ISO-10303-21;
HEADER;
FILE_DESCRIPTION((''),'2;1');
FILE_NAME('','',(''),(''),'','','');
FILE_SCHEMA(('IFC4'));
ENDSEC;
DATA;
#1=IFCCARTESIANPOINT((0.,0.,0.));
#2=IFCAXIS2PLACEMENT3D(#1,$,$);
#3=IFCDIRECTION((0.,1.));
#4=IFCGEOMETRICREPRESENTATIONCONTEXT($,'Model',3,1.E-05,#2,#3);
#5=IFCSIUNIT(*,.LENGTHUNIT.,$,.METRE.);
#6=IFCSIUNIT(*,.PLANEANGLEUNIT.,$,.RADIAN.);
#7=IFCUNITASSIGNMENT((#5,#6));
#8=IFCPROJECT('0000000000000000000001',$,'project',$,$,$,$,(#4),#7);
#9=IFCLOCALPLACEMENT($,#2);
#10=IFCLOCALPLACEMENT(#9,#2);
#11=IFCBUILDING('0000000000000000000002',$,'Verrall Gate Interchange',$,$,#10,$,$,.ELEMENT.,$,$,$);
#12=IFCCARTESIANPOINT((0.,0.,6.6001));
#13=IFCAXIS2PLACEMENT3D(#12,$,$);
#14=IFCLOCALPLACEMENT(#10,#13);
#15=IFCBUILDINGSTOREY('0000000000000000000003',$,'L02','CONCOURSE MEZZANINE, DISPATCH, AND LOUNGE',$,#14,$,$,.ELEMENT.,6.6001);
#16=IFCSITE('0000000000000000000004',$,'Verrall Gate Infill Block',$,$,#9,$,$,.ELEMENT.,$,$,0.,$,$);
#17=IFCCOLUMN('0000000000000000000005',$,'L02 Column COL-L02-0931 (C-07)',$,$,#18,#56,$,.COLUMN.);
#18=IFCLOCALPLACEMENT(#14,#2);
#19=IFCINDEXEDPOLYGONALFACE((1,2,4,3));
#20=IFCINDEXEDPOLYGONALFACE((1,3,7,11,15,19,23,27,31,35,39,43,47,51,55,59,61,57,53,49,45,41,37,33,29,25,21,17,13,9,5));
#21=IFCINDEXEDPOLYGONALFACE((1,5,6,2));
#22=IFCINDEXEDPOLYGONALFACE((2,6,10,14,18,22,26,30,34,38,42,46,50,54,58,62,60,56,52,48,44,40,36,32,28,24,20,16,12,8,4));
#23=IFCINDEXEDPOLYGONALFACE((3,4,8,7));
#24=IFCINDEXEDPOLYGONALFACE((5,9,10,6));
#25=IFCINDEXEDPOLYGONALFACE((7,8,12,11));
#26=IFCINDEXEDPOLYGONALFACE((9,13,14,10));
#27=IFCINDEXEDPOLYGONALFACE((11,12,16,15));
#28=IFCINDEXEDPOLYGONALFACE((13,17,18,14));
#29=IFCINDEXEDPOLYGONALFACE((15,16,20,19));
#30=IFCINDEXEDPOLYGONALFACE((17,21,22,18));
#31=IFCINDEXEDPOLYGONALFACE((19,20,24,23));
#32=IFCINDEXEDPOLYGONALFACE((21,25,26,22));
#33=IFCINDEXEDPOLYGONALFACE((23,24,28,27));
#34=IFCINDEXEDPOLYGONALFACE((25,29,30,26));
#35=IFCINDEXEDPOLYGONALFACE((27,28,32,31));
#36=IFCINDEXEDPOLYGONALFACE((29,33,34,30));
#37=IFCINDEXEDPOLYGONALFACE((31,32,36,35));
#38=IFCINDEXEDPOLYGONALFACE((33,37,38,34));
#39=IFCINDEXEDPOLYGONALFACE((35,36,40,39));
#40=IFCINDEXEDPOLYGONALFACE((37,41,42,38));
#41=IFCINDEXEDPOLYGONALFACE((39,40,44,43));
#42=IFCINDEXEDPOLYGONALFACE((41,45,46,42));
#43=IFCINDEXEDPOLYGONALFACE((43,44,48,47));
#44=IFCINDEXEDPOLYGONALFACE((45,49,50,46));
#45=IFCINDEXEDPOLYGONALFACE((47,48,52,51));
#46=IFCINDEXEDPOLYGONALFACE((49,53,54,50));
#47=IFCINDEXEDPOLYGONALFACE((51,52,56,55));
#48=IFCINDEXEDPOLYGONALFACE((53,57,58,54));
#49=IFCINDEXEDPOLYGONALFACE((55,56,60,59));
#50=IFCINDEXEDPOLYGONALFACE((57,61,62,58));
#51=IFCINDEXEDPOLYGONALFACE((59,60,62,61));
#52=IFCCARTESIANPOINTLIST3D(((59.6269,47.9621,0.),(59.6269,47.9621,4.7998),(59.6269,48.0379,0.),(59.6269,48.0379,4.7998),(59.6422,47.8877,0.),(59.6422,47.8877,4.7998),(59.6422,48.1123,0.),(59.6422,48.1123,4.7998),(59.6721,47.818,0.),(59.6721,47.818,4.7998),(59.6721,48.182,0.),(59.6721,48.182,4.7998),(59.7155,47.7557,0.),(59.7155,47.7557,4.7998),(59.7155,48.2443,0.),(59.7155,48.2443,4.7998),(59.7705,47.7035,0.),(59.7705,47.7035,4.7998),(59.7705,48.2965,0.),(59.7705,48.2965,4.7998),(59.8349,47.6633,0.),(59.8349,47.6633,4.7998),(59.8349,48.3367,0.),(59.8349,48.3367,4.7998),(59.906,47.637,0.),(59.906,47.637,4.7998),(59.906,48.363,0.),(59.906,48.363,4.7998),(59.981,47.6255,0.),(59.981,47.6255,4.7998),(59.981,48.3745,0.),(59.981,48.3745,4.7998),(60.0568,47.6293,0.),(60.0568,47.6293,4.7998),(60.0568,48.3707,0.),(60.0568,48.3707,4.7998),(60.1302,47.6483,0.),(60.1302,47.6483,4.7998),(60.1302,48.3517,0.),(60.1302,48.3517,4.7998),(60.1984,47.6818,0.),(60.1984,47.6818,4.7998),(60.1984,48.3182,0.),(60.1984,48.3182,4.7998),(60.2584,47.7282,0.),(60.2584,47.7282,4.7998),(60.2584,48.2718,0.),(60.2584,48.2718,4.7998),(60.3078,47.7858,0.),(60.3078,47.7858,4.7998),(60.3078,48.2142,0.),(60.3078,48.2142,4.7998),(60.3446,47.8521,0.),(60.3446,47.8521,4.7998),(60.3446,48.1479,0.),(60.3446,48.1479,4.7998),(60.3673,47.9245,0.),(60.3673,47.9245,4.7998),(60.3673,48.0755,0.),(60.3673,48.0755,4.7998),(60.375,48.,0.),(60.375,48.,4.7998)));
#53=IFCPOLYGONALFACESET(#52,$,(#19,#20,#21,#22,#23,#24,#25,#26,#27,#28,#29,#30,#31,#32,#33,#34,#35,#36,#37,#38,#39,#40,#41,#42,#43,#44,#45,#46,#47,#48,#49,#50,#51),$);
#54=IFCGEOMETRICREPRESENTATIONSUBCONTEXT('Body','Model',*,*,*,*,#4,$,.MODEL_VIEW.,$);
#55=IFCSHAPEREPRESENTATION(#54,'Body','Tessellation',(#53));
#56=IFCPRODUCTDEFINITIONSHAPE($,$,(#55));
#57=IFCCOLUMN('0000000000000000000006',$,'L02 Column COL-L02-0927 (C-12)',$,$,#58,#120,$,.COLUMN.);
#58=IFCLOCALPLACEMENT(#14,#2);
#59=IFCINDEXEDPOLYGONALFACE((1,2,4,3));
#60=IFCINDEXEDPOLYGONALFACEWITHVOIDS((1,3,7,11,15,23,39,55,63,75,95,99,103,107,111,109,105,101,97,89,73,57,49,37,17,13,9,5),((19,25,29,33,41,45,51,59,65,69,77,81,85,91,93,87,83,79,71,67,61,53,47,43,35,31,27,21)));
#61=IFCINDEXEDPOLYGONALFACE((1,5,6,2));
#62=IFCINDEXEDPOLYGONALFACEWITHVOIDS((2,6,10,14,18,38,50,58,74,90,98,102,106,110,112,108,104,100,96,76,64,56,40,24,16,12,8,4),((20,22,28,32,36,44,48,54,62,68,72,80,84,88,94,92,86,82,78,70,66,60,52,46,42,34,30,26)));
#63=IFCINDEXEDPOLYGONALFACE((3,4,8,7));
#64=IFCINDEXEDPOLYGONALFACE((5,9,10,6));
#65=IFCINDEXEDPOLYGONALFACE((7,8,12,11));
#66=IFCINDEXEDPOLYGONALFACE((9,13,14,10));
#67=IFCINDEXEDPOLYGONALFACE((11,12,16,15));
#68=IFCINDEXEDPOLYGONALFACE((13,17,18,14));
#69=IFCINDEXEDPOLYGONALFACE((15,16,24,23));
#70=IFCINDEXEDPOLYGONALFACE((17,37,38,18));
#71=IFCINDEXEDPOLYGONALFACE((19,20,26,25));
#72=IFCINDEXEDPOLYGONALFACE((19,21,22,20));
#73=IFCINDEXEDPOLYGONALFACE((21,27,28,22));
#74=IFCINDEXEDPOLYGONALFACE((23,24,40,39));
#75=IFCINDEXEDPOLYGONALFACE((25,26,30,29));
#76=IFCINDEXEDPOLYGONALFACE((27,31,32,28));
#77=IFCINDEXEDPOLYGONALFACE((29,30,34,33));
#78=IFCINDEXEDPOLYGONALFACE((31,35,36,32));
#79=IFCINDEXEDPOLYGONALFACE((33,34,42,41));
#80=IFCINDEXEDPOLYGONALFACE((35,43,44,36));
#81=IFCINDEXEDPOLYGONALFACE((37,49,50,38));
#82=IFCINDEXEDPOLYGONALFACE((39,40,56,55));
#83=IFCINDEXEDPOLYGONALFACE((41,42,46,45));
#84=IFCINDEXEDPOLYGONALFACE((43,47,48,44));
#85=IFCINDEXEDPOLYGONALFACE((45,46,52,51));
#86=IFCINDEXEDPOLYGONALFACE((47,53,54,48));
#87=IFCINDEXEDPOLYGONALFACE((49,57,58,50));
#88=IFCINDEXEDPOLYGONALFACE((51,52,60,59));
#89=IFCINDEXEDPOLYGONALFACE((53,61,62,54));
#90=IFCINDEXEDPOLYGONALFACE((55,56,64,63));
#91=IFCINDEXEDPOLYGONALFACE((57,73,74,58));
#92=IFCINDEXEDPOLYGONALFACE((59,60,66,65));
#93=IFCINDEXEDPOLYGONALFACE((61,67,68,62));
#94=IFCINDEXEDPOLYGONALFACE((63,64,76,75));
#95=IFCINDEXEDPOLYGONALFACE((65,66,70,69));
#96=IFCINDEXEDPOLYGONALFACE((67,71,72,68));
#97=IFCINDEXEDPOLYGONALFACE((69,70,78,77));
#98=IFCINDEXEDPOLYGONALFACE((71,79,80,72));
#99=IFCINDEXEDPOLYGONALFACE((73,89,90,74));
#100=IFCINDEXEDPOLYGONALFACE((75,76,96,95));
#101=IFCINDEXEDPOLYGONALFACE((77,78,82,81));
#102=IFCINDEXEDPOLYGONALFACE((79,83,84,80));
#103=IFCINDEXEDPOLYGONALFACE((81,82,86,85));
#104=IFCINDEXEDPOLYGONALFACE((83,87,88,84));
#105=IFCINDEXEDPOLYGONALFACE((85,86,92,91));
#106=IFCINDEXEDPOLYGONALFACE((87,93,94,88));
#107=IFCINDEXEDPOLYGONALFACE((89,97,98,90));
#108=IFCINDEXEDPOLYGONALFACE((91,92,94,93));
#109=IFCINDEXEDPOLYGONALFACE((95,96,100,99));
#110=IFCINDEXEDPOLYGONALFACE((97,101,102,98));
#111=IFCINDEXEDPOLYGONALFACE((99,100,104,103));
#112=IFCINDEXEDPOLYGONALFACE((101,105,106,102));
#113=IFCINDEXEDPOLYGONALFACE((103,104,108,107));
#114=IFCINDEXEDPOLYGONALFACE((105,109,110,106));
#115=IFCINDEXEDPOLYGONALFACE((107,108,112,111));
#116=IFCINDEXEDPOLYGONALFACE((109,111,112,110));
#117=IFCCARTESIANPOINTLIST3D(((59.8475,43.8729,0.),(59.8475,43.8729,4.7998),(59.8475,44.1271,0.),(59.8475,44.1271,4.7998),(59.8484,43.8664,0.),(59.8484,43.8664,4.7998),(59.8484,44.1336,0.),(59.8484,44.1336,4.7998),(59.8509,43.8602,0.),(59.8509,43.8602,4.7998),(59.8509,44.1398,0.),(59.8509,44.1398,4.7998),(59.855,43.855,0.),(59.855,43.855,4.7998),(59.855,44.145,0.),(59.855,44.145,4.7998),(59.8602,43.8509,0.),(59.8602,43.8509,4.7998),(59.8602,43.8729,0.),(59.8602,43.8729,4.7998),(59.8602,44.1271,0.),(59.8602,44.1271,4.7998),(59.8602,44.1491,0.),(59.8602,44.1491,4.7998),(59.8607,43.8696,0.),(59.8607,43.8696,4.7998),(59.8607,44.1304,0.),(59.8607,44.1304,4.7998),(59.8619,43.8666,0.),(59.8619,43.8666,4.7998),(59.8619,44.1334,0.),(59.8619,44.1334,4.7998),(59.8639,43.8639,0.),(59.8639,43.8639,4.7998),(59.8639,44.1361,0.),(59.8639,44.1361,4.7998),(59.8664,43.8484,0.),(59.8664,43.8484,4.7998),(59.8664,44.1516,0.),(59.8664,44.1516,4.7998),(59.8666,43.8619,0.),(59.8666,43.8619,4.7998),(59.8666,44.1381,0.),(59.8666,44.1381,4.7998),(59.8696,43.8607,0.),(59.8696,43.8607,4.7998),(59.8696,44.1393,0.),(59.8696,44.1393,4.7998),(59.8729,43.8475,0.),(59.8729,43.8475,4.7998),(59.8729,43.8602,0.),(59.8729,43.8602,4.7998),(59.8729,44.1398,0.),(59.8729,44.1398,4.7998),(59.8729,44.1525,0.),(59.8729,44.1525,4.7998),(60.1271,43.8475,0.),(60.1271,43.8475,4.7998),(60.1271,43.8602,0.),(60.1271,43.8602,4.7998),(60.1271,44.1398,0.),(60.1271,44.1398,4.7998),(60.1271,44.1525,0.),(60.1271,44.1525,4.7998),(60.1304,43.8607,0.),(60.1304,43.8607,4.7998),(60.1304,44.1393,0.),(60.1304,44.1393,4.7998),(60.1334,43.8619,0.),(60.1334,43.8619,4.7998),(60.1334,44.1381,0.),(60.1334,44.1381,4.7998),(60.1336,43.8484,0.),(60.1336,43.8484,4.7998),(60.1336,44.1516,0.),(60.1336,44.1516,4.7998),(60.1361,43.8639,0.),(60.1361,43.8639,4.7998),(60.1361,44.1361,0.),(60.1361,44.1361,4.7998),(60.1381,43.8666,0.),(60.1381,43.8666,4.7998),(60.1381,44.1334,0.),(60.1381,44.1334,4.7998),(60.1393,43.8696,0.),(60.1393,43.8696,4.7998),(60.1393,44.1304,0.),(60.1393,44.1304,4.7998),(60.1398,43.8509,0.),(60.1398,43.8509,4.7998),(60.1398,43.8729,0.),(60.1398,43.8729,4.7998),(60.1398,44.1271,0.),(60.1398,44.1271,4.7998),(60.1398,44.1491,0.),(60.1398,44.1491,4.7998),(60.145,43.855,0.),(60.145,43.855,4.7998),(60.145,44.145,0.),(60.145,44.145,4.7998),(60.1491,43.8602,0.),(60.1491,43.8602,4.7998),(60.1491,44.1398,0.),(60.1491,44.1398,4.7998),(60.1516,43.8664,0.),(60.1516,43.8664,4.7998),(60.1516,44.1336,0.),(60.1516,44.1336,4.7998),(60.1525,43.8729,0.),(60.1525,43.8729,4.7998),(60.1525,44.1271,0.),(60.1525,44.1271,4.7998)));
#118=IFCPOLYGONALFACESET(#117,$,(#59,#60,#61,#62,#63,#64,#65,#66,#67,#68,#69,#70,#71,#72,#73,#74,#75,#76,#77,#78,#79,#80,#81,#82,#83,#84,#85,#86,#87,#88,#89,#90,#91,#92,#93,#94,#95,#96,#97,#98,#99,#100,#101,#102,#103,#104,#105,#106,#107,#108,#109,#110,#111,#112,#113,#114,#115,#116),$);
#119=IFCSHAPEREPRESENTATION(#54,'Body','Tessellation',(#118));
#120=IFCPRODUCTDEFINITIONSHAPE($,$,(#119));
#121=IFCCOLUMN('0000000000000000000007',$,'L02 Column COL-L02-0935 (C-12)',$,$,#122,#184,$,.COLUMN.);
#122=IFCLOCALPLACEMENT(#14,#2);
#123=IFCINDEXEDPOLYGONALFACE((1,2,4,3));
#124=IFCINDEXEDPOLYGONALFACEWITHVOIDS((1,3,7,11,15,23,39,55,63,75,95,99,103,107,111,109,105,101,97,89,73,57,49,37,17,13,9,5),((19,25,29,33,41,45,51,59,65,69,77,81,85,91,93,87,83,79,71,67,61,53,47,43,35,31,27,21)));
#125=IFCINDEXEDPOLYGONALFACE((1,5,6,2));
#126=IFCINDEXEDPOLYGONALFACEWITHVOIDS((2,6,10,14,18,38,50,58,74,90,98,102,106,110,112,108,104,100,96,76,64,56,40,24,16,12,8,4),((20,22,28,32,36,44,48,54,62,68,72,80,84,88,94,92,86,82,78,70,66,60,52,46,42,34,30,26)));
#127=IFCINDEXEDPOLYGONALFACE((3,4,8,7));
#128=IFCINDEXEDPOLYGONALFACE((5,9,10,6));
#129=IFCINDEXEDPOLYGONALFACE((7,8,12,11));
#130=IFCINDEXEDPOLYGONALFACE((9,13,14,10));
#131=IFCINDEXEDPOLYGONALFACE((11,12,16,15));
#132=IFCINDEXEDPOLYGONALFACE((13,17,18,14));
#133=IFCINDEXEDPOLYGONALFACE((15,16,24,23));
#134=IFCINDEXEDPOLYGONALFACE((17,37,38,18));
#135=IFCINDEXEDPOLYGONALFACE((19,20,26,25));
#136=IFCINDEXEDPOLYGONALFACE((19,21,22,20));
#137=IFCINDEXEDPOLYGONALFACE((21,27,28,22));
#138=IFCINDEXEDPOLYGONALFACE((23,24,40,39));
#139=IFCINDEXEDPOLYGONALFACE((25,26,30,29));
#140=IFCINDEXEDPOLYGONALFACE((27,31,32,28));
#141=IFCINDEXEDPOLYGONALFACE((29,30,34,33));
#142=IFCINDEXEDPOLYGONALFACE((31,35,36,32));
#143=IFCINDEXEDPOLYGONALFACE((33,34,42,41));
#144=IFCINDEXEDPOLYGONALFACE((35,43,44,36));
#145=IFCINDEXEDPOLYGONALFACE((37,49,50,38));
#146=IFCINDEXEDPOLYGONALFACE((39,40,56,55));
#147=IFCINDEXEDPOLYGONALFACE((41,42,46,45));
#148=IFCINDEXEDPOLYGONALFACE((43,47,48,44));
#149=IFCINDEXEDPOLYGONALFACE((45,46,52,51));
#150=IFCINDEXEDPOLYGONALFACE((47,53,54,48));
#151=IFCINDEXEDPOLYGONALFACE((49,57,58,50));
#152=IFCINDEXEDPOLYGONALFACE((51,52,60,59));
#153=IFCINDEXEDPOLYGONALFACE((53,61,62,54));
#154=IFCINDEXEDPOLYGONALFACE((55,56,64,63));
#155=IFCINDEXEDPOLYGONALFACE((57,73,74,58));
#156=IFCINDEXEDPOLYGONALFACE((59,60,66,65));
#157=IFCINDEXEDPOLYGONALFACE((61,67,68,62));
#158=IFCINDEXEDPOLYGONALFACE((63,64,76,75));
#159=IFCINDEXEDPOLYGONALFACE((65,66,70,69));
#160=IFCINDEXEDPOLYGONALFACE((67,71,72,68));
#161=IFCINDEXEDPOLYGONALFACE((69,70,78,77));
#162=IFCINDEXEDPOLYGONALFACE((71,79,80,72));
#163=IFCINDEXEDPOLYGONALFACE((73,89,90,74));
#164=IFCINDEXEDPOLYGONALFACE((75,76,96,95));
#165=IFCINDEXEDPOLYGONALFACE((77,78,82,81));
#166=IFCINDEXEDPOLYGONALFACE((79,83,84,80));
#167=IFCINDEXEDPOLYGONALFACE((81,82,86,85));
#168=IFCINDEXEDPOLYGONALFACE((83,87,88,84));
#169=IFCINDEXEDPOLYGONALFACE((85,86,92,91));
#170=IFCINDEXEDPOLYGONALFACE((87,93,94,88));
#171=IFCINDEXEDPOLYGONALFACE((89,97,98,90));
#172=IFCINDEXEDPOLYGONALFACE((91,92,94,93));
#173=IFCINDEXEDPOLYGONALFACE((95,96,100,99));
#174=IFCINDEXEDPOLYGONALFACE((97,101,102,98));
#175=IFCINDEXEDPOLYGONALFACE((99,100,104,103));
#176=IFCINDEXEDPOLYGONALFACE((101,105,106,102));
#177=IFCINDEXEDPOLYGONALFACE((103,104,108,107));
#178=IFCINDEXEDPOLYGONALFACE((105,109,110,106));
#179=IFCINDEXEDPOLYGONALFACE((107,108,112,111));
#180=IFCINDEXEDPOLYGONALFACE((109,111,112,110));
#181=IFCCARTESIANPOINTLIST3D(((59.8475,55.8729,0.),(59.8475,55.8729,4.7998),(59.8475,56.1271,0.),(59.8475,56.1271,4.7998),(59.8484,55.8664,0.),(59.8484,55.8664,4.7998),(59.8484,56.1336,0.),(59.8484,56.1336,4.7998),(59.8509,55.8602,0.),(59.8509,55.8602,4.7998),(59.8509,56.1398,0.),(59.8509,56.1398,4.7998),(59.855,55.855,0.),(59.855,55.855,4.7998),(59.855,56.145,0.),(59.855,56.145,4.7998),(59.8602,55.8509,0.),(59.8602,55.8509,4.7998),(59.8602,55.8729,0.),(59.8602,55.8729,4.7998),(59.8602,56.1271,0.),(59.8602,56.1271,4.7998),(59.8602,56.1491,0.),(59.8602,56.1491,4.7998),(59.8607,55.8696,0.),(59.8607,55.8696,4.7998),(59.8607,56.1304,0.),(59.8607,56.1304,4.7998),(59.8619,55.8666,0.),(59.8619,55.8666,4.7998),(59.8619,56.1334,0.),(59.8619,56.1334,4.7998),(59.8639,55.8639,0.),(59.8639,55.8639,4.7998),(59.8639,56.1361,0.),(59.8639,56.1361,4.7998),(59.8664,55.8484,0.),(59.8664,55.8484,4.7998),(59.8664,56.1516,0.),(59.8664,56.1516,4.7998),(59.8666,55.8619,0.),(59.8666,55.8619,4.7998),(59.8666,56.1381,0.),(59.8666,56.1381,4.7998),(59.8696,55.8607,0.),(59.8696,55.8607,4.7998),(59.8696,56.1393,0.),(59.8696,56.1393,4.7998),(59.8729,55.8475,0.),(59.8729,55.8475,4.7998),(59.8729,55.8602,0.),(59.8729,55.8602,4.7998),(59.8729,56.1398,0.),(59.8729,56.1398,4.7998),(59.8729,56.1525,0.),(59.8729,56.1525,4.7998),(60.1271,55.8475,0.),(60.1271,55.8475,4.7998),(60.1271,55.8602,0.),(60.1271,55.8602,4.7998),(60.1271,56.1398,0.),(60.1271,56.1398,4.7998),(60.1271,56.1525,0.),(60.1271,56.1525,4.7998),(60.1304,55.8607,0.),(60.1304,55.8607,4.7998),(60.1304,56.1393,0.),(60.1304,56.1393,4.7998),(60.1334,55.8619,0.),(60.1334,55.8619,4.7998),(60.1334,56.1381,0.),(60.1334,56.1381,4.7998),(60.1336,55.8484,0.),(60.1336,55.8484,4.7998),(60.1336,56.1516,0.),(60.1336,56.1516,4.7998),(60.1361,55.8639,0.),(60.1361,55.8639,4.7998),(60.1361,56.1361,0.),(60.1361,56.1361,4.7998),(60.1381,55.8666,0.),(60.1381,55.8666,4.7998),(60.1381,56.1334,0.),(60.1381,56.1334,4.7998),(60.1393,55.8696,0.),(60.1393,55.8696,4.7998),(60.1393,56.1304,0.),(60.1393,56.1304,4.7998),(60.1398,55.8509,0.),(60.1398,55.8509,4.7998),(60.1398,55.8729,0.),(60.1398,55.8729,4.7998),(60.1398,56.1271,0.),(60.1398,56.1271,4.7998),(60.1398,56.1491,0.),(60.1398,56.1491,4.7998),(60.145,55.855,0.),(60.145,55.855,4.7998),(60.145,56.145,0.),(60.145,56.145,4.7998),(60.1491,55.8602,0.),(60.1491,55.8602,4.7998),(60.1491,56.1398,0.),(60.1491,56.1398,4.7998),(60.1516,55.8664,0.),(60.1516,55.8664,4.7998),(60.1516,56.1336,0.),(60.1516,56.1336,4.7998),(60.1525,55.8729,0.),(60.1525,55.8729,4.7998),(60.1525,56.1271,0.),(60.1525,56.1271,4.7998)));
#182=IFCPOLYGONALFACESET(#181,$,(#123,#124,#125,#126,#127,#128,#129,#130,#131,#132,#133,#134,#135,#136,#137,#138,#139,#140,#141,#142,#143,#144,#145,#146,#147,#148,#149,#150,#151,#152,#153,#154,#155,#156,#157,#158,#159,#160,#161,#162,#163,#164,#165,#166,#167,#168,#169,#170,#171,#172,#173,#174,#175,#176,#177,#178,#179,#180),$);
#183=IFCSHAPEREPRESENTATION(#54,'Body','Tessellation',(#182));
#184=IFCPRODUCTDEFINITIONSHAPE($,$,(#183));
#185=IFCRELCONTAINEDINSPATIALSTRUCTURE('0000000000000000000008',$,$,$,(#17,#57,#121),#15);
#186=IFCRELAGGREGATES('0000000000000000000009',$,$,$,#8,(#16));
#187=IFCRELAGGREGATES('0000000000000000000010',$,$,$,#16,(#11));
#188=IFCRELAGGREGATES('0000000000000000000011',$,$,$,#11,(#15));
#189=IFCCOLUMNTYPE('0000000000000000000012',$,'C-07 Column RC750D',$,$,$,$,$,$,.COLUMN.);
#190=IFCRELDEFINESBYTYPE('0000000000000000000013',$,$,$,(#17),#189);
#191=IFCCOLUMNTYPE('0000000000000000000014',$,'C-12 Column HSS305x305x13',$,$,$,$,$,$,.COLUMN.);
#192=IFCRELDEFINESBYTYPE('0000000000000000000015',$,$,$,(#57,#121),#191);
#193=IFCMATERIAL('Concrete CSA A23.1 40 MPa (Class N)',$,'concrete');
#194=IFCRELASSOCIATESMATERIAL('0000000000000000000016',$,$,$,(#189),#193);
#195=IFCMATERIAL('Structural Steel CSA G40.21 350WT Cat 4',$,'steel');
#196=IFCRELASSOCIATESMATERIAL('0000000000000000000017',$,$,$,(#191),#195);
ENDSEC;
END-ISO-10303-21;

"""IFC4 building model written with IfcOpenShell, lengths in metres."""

from ifc_helpers import new_model, si_unit, direction, frame, origin, origin_2d, place, context, subcontext, project, spatial, hollow_rectangle, circle, extrude, material, material_profile, profile_set, type_object, element, save


model = new_model("IFC4")

# Units and contexts
model_context = context("Model", 3, precision=1e-05, world=origin(), true_north=direction((0.0, 1.0)))
body_context = subcontext(model_context, "Body", "Model", "MODEL_VIEW")
ifc_project = project(units=[si_unit("LENGTHUNIT", "METRE"), si_unit("PLANEANGLEUNIT", "RADIAN")], contexts=[model_context])

# Site, building, storey
site_placement = place(None, origin())
site = spatial("IfcSite", under=ifc_project, at=site_placement, Name="Verrall Gate Infill Block", CompositionType="ELEMENT", RefElevation=0.0)
building_placement = place(site_placement, origin())
building = spatial("IfcBuilding", under=site, at=building_placement, Name="Verrall Gate Interchange", CompositionType="ELEMENT")
storey_placement = place(building_placement, frame((0.0, 0.0, 6.6001)))
storey = spatial("IfcBuildingStorey", under=building, at=storey_placement, Name="L02", Description="CONCOURSE MEZZANINE, DISPATCH, AND LOUNGE", CompositionType="ELEMENT", Elevation=6.6001)

# Columns
ifc_material_1 = material(Name="Concrete CSA A23.1 40 MPa (Class N)", Category="concrete")
ifc_material_profile_1 = material_profile(ifc_material_1, circle(Radius=0.375, at=origin_2d()), Name="RC750D")
ifc_profile_set_1 = profile_set([ifc_material_profile_1], Name="Concrete CSA A23.1 40 MPa (Class N)")
column_type_1 = type_object("IfcColumnType", Name="C-07 Column RC750D", PredefinedType="COLUMN", material=ifc_profile_set_1)
column_placement = place(storey_placement, frame((60.0, 48.0, 0.0), z_axis=(0.0, 0.0, 1.0), x_axis=(1.0, 0.0, 0.0)))
element("IfcColumn", 1, at=column_placement, inside=storey, type_object=column_type_1, Name="L02 Column COL-L02-0931 (C-07)", PredefinedType="COLUMN", context=body_context, shape_type="SweptSolid", body=[
    extrude(circle(Radius=0.375, at=origin_2d()), origin(), (0.0, 0.0, 1.0), 4.7998),
])
ifc_material_2 = material(Name="Structural Steel CSA G40.21 350WT Cat 4", Category="steel")
ifc_material_profile_2 = material_profile(ifc_material_2, hollow_rectangle(XDim=0.3049, YDim=0.3049, WallThickness=0.0127, InnerFilletRadius=0.0127, OuterFilletRadius=0.0254, at=origin_2d()), Name="HSS305x305x13")
ifc_profile_set_2 = profile_set([ifc_material_profile_2], Name="Structural Steel CSA G40.21 350WT Cat 4")
column_type_2 = type_object("IfcColumnType", Name="C-12 Column HSS305x305x13", PredefinedType="COLUMN", material=ifc_profile_set_2)
for number, where, z_axis, x_axis, name in (
    (2, (60.0, 44.0, 0.0), (0.0, 0.0, 1.0), (1.0, 0.0, 0.0), "L02 Column COL-L02-0927 (C-12)"),
    (3, (60.0, 56.0, 0.0), (0.0, 0.0, 1.0), (1.0, 0.0, 0.0), "L02 Column COL-L02-0935 (C-12)"),
):
    element("IfcColumn", number, at=place(storey_placement, frame(where, z_axis=z_axis, x_axis=x_axis)), inside=storey, type_object=column_type_2, Name=name, PredefinedType="COLUMN", context=body_context, shape_type="SweptSolid", body=[
        extrude(hollow_rectangle(XDim=0.3049, YDim=0.3049, WallThickness=0.0127, InnerFilletRadius=0.0127, OuterFilletRadius=0.0254, at=origin_2d()), origin(), (0.0, 0.0, 1.0), 4.7998),
    ])

save(model, "model.ifc")
